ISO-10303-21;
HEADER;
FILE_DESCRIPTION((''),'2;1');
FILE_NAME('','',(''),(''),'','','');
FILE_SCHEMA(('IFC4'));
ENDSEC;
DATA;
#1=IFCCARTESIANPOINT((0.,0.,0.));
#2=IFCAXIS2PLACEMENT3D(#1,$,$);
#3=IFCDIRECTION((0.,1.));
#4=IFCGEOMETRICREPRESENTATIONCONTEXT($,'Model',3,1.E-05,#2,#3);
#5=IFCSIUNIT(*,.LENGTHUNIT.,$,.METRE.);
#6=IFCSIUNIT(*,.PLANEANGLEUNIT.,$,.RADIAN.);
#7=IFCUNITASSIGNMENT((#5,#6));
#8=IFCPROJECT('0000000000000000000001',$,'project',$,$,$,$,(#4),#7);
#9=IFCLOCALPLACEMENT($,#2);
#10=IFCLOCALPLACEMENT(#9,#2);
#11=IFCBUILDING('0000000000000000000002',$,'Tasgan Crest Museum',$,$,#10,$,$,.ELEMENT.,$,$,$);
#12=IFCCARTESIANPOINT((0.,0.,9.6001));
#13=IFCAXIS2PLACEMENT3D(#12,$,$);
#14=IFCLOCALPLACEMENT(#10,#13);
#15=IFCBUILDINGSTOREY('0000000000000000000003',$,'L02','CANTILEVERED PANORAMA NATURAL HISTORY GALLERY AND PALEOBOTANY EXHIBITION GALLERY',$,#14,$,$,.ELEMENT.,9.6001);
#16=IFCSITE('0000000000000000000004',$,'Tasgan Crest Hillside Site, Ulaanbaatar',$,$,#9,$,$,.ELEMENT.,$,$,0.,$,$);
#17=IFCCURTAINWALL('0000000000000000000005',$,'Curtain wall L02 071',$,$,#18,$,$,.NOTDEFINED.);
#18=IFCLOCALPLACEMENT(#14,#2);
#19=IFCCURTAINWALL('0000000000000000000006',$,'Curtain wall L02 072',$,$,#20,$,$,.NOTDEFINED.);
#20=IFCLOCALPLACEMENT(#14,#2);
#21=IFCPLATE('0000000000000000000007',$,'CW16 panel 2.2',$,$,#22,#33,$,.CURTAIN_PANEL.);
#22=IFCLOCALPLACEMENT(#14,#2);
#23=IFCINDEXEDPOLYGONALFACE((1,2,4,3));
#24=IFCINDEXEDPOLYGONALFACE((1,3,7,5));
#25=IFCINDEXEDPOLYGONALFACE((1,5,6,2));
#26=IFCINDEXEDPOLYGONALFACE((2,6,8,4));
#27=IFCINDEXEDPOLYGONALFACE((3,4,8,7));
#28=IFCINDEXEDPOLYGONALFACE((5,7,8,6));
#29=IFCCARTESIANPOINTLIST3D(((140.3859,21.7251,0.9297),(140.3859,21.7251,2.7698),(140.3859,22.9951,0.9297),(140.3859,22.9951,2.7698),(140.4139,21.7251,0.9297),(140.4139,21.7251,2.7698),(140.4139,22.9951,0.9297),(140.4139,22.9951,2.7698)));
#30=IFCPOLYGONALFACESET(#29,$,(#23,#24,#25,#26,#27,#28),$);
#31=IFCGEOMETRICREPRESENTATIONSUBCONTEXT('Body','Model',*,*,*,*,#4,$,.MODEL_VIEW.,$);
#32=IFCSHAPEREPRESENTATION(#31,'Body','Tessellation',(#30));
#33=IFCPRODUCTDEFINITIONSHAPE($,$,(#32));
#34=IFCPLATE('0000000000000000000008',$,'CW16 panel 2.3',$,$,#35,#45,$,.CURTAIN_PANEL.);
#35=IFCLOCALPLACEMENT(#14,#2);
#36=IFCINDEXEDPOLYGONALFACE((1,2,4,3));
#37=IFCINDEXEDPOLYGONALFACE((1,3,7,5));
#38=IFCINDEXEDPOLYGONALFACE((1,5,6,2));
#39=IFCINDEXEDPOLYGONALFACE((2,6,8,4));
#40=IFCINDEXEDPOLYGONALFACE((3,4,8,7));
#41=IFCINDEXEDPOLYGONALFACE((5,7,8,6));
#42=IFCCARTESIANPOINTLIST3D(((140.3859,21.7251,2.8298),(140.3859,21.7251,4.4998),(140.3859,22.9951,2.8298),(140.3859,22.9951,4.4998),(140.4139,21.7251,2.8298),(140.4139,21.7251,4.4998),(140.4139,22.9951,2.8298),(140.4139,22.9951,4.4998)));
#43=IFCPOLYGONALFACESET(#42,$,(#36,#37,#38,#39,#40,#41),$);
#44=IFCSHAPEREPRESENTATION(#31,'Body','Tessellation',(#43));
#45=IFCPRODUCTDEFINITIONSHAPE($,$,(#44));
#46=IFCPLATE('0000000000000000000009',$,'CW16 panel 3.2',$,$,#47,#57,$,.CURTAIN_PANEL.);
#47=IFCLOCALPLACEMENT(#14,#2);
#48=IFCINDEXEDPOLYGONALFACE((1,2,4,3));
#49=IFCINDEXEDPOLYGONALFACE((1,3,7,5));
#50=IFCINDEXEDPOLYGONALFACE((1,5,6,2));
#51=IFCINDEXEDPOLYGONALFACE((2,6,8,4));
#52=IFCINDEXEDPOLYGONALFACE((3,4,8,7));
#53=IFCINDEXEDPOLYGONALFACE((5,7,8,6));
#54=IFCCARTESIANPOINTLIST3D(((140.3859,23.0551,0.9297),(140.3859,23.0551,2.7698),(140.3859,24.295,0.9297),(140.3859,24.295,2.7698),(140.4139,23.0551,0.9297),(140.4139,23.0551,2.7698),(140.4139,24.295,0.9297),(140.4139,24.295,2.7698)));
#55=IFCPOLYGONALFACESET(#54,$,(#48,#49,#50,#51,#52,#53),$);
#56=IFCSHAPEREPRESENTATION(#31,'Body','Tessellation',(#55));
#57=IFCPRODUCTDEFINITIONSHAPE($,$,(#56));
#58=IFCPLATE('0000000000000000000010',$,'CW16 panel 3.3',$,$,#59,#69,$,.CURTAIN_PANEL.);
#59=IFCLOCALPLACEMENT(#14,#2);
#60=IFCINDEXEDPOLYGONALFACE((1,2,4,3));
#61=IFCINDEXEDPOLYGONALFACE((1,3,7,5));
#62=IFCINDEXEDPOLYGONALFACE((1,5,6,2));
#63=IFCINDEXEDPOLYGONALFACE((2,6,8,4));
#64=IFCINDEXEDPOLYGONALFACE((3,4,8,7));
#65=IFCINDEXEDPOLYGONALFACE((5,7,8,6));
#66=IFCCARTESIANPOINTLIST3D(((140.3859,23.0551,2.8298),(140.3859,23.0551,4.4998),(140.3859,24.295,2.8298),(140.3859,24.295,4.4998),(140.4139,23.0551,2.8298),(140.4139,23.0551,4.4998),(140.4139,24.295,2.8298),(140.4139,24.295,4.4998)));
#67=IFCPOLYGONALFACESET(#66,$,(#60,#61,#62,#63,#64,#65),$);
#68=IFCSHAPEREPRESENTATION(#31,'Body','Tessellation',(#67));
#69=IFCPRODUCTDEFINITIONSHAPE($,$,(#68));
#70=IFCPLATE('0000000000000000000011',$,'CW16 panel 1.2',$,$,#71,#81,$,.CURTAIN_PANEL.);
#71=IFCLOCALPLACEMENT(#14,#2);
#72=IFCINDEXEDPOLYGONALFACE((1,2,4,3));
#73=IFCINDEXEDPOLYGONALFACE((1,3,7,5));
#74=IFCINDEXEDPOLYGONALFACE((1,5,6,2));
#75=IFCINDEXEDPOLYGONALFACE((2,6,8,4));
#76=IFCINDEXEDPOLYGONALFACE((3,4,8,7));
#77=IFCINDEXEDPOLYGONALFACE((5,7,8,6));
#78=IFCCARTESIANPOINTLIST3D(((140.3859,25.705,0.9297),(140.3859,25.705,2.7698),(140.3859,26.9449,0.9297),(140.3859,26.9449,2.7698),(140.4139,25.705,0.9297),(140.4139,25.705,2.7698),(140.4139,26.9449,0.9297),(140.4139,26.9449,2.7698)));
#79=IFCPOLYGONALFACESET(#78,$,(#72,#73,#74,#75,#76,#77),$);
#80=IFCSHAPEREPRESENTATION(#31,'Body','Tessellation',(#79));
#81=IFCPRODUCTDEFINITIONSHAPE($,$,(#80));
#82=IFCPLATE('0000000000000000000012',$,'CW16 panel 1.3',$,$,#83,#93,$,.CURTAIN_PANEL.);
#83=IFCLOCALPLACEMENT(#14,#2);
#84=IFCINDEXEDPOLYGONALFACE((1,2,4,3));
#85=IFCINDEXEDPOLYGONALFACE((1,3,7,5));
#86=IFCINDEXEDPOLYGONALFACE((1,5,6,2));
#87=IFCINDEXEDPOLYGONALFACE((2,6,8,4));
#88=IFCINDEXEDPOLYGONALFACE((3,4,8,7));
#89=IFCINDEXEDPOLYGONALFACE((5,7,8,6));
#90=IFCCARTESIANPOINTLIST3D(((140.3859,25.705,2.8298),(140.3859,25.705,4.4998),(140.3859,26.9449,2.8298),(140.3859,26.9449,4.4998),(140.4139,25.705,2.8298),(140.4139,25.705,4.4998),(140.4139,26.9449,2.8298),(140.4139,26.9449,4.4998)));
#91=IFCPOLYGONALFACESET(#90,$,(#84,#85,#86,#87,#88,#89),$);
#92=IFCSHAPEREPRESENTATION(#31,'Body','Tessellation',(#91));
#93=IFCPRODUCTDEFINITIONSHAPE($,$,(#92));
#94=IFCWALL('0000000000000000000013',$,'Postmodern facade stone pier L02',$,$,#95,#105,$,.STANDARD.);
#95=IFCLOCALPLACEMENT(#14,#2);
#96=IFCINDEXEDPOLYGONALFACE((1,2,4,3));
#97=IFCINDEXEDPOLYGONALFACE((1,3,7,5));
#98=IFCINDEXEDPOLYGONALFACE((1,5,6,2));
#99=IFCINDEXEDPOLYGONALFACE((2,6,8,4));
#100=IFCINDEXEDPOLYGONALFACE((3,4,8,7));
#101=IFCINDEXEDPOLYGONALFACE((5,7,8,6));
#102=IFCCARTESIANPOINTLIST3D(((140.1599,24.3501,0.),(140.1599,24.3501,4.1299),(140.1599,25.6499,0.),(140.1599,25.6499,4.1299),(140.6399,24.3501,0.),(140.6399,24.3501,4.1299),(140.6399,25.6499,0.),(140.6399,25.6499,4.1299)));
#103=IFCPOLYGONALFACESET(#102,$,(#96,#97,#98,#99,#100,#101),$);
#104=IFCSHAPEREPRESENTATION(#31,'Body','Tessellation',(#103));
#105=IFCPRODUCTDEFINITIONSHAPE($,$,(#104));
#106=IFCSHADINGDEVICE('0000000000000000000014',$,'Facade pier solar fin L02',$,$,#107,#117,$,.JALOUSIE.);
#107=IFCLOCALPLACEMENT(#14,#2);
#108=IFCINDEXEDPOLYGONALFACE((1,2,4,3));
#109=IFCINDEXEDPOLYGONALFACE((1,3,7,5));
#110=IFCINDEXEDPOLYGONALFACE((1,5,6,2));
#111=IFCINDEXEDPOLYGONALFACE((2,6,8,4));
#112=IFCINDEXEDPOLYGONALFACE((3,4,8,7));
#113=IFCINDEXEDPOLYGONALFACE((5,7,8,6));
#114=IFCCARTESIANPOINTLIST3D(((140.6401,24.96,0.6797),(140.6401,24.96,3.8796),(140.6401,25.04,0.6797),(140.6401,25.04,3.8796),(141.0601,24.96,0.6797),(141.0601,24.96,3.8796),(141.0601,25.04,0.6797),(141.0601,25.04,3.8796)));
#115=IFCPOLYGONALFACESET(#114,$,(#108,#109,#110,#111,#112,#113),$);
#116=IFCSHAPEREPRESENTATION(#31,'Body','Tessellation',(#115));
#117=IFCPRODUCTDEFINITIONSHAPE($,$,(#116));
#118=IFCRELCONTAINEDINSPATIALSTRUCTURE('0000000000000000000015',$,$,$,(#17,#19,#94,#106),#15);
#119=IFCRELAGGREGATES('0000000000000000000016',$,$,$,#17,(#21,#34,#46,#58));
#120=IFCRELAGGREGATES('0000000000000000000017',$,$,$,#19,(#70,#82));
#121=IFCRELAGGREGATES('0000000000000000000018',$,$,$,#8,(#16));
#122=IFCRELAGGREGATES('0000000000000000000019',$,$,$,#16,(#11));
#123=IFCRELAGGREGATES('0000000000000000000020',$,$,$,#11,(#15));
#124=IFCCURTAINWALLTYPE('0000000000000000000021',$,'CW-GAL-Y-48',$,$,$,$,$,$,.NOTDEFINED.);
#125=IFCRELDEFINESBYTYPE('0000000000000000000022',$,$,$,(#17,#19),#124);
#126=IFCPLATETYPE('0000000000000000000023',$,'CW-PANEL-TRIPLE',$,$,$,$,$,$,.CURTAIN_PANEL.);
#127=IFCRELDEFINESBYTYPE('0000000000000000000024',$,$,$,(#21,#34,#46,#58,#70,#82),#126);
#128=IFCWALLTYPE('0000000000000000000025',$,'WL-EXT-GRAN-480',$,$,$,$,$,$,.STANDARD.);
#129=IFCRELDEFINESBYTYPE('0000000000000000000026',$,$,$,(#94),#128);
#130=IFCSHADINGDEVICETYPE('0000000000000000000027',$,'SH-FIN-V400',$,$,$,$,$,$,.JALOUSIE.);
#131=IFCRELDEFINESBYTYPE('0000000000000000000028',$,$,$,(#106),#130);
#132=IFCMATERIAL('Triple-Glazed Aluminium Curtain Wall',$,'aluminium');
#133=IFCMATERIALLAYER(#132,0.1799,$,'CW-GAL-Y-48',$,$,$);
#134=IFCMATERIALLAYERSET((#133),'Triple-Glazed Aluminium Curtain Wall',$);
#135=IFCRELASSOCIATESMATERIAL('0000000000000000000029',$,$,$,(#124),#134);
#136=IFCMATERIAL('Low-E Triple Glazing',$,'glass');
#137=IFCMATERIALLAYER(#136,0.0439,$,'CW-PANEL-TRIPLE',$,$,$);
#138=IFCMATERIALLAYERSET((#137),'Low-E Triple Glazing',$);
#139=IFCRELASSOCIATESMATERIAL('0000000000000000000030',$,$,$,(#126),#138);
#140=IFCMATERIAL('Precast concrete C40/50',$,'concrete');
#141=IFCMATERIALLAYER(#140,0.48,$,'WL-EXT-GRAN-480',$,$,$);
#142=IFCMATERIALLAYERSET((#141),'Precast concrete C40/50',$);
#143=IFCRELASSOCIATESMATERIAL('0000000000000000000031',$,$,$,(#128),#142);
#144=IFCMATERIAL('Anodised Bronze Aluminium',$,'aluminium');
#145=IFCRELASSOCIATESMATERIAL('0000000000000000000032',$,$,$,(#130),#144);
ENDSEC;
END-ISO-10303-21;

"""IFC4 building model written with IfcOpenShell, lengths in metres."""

from ifc_helpers import new_model, si_unit, direction, frame, frame_2d, origin, origin_2d, place, context, subcontext, project, spatial, rectangle, extrude, material, layer, layer_set, type_object, element, aggregate, save


model = new_model("IFC4")

# Units and contexts
model_context = context("Model", 3, precision=1e-05, world=origin(), true_north=direction((0.0, 1.0)))
body_context = subcontext(model_context, "Body", "Model", "MODEL_VIEW")
ifc_project = project(units=[si_unit("LENGTHUNIT", "METRE"), si_unit("PLANEANGLEUNIT", "RADIAN")], contexts=[model_context])

# Site, building, storey
site_placement = place(None, origin())
site = spatial("IfcSite", under=ifc_project, at=site_placement, Name="Tasgan Crest Hillside Site, Ulaanbaatar", CompositionType="ELEMENT", RefElevation=0.0)
building_placement = place(site_placement, origin())
building = spatial("IfcBuilding", under=site, at=building_placement, Name="Tasgan Crest Museum", CompositionType="ELEMENT")
storey_placement = place(building_placement, frame((0.0, 0.0, 9.6001)))
storey = spatial("IfcBuildingStorey", under=building, at=storey_placement, Name="L02", Description="CANTILEVERED PANORAMA NATURAL HISTORY GALLERY AND PALEOBOTANY EXHIBITION GALLERY", CompositionType="ELEMENT", Elevation=9.6001)

# Curtain walls
ifc_material_1 = material(Name="Triple-Glazed Aluminium Curtain Wall", Category="aluminium")
ifc_layer_1 = layer(ifc_material_1, 0.1799, Name="CW-GAL-Y-48")
ifc_layer_set_1 = layer_set([ifc_layer_1], Name="Triple-Glazed Aluminium Curtain Wall")
curtain_wall_type = type_object("IfcCurtainWallType", Name="CW-GAL-Y-48", PredefinedType="NOTDEFINED", material=ifc_layer_set_1)
curtain_wall_1_placement = place(storey_placement, origin())
curtain_wall_1 = element("IfcCurtainWall", 1, at=curtain_wall_1_placement, inside=storey, type_object=curtain_wall_type, Name="Curtain wall L02 071", PredefinedType="NOTDEFINED")
curtain_wall_2_placement = place(storey_placement, origin())
curtain_wall_2 = element("IfcCurtainWall", 2, at=curtain_wall_2_placement, inside=storey, type_object=curtain_wall_type, Name="Curtain wall L02 072", PredefinedType="NOTDEFINED")

# Plates
ifc_material_2 = material(Name="Low-E Triple Glazing", Category="glass")
ifc_layer_2 = layer(ifc_material_2, 0.0439, Name="CW-PANEL-TRIPLE")
ifc_layer_set_2 = layer_set([ifc_layer_2], Name="Low-E Triple Glazing")
plate_type_1 = type_object("IfcPlateType", Name="CW-PANEL-TRIPLE", PredefinedType="CURTAIN_PANEL", material=ifc_layer_set_2)
plate_1_placement = place(storey_placement, frame((140.3999, 22.3601, 0.9297), z_axis=(0.0, 0.0, 1.0), x_axis=(0.0, 1.0, 0.0)))
plate_1 = element("IfcPlate", 3, at=plate_1_placement, type_object=plate_type_1, Name="CW16 panel 2.2", PredefinedType="CURTAIN_PANEL", context=body_context, shape_type="SweptSolid", body=[
    extrude(rectangle(XDim=1.27, YDim=0.0281, at=origin_2d()), origin(), (0.0, 0.0, 1.0), 1.8401),
])
plate_2_placement = place(storey_placement, frame((140.3999, 22.3601, 2.8298), z_axis=(0.0, 0.0, 1.0), x_axis=(0.0, 1.0, 0.0)))
plate_2 = element("IfcPlate", 4, at=plate_2_placement, type_object=plate_type_1, Name="CW16 panel 2.3", PredefinedType="CURTAIN_PANEL", context=body_context, shape_type="SweptSolid", body=[
    extrude(rectangle(XDim=1.27, YDim=0.0281, at=origin_2d()), origin(), (0.0, 0.0, 1.0), 1.6699),
])
plate_3_placement = place(storey_placement, frame((140.3999, 23.675, 0.9297), z_axis=(0.0, 0.0, 1.0), x_axis=(0.0, 1.0, 0.0)))
plate_3 = element("IfcPlate", 5, at=plate_3_placement, type_object=plate_type_1, Name="CW16 panel 3.2", PredefinedType="CURTAIN_PANEL", context=body_context, shape_type="SweptSolid", body=[
    extrude(rectangle(XDim=1.24, YDim=0.0281, at=origin_2d()), origin(), (0.0, 0.0, 1.0), 1.8401),
])
plate_4_placement = place(storey_placement, frame((140.3999, 23.675, 2.8298), z_axis=(0.0, 0.0, 1.0), x_axis=(0.0, 1.0, 0.0)))
plate_4 = element("IfcPlate", 6, at=plate_4_placement, type_object=plate_type_1, Name="CW16 panel 3.3", PredefinedType="CURTAIN_PANEL", context=body_context, shape_type="SweptSolid", body=[
    extrude(rectangle(XDim=1.24, YDim=0.0281, at=origin_2d()), origin(), (0.0, 0.0, 1.0), 1.6699),
])
aggregate(curtain_wall_1, [plate_1, plate_2, plate_3, plate_4])
plate_5_placement = place(storey_placement, frame((140.3999, 26.325, 0.9297), z_axis=(0.0, 0.0, 1.0), x_axis=(0.0, 1.0, 0.0)))
plate_5 = element("IfcPlate", 7, at=plate_5_placement, type_object=plate_type_1, Name="CW16 panel 1.2", PredefinedType="CURTAIN_PANEL", context=body_context, shape_type="SweptSolid", body=[
    extrude(rectangle(XDim=1.24, YDim=0.0281, at=origin_2d()), origin(), (0.0, 0.0, 1.0), 1.8401),
])
plate_6_placement = place(storey_placement, frame((140.3999, 26.325, 2.8298), z_axis=(0.0, 0.0, 1.0), x_axis=(0.0, 1.0, 0.0)))
plate_6 = element("IfcPlate", 8, at=plate_6_placement, type_object=plate_type_1, Name="CW16 panel 1.3", PredefinedType="CURTAIN_PANEL", context=body_context, shape_type="SweptSolid", body=[
    extrude(rectangle(XDim=1.24, YDim=0.0281, at=origin_2d()), origin(), (0.0, 0.0, 1.0), 1.6699),
])
aggregate(curtain_wall_2, [plate_5, plate_6])

# Wall
ifc_material_3 = material(Name="Precast concrete C40/50", Category="concrete")
ifc_layer_3 = layer(ifc_material_3, 0.48, Name="WL-EXT-GRAN-480")
ifc_layer_set_3 = layer_set([ifc_layer_3], Name="Precast concrete C40/50")
wall_type = type_object("IfcWallType", Name="WL-EXT-GRAN-480", PredefinedType="STANDARD", material=ifc_layer_set_3)
wall_placement = place(storey_placement, frame((140.3999, 24.3501, 0.0), z_axis=(0.0, 0.0, 1.0), x_axis=(0.0, 1.0, 0.0)))
element("IfcWall", 9, at=wall_placement, inside=storey, type_object=wall_type, Name="Postmodern facade stone pier L02", PredefinedType="STANDARD", context=body_context, shape_type="SweptSolid", body=[
    extrude(rectangle(XDim=1.2998, YDim=0.48, at=frame_2d((0.6499, 0.0))), origin(), (0.0, 0.0, 1.0), 4.1299),
])

# Shading device
ifc_material_4 = material(Name="Anodised Bronze Aluminium", Category="aluminium")
shading_device_type = type_object("IfcShadingDeviceType", Name="SH-FIN-V400", PredefinedType="JALOUSIE", material=ifc_material_4)
shading_device_placement = place(storey_placement, frame((140.8501, 25.0, 0.6797), z_axis=(0.0, 0.0, 1.0), x_axis=(0.0, 1.0, 0.0)))
element("IfcShadingDevice", 10, at=shading_device_placement, inside=storey, type_object=shading_device_type, Name="Facade pier solar fin L02", PredefinedType="JALOUSIE", context=body_context, shape_type="SweptSolid", body=[
    extrude(rectangle(XDim=0.0801, YDim=0.4199, at=origin_2d()), origin(), (0.0, 0.0, 1.0), 3.2),
])

save(model, "model.ifc")
